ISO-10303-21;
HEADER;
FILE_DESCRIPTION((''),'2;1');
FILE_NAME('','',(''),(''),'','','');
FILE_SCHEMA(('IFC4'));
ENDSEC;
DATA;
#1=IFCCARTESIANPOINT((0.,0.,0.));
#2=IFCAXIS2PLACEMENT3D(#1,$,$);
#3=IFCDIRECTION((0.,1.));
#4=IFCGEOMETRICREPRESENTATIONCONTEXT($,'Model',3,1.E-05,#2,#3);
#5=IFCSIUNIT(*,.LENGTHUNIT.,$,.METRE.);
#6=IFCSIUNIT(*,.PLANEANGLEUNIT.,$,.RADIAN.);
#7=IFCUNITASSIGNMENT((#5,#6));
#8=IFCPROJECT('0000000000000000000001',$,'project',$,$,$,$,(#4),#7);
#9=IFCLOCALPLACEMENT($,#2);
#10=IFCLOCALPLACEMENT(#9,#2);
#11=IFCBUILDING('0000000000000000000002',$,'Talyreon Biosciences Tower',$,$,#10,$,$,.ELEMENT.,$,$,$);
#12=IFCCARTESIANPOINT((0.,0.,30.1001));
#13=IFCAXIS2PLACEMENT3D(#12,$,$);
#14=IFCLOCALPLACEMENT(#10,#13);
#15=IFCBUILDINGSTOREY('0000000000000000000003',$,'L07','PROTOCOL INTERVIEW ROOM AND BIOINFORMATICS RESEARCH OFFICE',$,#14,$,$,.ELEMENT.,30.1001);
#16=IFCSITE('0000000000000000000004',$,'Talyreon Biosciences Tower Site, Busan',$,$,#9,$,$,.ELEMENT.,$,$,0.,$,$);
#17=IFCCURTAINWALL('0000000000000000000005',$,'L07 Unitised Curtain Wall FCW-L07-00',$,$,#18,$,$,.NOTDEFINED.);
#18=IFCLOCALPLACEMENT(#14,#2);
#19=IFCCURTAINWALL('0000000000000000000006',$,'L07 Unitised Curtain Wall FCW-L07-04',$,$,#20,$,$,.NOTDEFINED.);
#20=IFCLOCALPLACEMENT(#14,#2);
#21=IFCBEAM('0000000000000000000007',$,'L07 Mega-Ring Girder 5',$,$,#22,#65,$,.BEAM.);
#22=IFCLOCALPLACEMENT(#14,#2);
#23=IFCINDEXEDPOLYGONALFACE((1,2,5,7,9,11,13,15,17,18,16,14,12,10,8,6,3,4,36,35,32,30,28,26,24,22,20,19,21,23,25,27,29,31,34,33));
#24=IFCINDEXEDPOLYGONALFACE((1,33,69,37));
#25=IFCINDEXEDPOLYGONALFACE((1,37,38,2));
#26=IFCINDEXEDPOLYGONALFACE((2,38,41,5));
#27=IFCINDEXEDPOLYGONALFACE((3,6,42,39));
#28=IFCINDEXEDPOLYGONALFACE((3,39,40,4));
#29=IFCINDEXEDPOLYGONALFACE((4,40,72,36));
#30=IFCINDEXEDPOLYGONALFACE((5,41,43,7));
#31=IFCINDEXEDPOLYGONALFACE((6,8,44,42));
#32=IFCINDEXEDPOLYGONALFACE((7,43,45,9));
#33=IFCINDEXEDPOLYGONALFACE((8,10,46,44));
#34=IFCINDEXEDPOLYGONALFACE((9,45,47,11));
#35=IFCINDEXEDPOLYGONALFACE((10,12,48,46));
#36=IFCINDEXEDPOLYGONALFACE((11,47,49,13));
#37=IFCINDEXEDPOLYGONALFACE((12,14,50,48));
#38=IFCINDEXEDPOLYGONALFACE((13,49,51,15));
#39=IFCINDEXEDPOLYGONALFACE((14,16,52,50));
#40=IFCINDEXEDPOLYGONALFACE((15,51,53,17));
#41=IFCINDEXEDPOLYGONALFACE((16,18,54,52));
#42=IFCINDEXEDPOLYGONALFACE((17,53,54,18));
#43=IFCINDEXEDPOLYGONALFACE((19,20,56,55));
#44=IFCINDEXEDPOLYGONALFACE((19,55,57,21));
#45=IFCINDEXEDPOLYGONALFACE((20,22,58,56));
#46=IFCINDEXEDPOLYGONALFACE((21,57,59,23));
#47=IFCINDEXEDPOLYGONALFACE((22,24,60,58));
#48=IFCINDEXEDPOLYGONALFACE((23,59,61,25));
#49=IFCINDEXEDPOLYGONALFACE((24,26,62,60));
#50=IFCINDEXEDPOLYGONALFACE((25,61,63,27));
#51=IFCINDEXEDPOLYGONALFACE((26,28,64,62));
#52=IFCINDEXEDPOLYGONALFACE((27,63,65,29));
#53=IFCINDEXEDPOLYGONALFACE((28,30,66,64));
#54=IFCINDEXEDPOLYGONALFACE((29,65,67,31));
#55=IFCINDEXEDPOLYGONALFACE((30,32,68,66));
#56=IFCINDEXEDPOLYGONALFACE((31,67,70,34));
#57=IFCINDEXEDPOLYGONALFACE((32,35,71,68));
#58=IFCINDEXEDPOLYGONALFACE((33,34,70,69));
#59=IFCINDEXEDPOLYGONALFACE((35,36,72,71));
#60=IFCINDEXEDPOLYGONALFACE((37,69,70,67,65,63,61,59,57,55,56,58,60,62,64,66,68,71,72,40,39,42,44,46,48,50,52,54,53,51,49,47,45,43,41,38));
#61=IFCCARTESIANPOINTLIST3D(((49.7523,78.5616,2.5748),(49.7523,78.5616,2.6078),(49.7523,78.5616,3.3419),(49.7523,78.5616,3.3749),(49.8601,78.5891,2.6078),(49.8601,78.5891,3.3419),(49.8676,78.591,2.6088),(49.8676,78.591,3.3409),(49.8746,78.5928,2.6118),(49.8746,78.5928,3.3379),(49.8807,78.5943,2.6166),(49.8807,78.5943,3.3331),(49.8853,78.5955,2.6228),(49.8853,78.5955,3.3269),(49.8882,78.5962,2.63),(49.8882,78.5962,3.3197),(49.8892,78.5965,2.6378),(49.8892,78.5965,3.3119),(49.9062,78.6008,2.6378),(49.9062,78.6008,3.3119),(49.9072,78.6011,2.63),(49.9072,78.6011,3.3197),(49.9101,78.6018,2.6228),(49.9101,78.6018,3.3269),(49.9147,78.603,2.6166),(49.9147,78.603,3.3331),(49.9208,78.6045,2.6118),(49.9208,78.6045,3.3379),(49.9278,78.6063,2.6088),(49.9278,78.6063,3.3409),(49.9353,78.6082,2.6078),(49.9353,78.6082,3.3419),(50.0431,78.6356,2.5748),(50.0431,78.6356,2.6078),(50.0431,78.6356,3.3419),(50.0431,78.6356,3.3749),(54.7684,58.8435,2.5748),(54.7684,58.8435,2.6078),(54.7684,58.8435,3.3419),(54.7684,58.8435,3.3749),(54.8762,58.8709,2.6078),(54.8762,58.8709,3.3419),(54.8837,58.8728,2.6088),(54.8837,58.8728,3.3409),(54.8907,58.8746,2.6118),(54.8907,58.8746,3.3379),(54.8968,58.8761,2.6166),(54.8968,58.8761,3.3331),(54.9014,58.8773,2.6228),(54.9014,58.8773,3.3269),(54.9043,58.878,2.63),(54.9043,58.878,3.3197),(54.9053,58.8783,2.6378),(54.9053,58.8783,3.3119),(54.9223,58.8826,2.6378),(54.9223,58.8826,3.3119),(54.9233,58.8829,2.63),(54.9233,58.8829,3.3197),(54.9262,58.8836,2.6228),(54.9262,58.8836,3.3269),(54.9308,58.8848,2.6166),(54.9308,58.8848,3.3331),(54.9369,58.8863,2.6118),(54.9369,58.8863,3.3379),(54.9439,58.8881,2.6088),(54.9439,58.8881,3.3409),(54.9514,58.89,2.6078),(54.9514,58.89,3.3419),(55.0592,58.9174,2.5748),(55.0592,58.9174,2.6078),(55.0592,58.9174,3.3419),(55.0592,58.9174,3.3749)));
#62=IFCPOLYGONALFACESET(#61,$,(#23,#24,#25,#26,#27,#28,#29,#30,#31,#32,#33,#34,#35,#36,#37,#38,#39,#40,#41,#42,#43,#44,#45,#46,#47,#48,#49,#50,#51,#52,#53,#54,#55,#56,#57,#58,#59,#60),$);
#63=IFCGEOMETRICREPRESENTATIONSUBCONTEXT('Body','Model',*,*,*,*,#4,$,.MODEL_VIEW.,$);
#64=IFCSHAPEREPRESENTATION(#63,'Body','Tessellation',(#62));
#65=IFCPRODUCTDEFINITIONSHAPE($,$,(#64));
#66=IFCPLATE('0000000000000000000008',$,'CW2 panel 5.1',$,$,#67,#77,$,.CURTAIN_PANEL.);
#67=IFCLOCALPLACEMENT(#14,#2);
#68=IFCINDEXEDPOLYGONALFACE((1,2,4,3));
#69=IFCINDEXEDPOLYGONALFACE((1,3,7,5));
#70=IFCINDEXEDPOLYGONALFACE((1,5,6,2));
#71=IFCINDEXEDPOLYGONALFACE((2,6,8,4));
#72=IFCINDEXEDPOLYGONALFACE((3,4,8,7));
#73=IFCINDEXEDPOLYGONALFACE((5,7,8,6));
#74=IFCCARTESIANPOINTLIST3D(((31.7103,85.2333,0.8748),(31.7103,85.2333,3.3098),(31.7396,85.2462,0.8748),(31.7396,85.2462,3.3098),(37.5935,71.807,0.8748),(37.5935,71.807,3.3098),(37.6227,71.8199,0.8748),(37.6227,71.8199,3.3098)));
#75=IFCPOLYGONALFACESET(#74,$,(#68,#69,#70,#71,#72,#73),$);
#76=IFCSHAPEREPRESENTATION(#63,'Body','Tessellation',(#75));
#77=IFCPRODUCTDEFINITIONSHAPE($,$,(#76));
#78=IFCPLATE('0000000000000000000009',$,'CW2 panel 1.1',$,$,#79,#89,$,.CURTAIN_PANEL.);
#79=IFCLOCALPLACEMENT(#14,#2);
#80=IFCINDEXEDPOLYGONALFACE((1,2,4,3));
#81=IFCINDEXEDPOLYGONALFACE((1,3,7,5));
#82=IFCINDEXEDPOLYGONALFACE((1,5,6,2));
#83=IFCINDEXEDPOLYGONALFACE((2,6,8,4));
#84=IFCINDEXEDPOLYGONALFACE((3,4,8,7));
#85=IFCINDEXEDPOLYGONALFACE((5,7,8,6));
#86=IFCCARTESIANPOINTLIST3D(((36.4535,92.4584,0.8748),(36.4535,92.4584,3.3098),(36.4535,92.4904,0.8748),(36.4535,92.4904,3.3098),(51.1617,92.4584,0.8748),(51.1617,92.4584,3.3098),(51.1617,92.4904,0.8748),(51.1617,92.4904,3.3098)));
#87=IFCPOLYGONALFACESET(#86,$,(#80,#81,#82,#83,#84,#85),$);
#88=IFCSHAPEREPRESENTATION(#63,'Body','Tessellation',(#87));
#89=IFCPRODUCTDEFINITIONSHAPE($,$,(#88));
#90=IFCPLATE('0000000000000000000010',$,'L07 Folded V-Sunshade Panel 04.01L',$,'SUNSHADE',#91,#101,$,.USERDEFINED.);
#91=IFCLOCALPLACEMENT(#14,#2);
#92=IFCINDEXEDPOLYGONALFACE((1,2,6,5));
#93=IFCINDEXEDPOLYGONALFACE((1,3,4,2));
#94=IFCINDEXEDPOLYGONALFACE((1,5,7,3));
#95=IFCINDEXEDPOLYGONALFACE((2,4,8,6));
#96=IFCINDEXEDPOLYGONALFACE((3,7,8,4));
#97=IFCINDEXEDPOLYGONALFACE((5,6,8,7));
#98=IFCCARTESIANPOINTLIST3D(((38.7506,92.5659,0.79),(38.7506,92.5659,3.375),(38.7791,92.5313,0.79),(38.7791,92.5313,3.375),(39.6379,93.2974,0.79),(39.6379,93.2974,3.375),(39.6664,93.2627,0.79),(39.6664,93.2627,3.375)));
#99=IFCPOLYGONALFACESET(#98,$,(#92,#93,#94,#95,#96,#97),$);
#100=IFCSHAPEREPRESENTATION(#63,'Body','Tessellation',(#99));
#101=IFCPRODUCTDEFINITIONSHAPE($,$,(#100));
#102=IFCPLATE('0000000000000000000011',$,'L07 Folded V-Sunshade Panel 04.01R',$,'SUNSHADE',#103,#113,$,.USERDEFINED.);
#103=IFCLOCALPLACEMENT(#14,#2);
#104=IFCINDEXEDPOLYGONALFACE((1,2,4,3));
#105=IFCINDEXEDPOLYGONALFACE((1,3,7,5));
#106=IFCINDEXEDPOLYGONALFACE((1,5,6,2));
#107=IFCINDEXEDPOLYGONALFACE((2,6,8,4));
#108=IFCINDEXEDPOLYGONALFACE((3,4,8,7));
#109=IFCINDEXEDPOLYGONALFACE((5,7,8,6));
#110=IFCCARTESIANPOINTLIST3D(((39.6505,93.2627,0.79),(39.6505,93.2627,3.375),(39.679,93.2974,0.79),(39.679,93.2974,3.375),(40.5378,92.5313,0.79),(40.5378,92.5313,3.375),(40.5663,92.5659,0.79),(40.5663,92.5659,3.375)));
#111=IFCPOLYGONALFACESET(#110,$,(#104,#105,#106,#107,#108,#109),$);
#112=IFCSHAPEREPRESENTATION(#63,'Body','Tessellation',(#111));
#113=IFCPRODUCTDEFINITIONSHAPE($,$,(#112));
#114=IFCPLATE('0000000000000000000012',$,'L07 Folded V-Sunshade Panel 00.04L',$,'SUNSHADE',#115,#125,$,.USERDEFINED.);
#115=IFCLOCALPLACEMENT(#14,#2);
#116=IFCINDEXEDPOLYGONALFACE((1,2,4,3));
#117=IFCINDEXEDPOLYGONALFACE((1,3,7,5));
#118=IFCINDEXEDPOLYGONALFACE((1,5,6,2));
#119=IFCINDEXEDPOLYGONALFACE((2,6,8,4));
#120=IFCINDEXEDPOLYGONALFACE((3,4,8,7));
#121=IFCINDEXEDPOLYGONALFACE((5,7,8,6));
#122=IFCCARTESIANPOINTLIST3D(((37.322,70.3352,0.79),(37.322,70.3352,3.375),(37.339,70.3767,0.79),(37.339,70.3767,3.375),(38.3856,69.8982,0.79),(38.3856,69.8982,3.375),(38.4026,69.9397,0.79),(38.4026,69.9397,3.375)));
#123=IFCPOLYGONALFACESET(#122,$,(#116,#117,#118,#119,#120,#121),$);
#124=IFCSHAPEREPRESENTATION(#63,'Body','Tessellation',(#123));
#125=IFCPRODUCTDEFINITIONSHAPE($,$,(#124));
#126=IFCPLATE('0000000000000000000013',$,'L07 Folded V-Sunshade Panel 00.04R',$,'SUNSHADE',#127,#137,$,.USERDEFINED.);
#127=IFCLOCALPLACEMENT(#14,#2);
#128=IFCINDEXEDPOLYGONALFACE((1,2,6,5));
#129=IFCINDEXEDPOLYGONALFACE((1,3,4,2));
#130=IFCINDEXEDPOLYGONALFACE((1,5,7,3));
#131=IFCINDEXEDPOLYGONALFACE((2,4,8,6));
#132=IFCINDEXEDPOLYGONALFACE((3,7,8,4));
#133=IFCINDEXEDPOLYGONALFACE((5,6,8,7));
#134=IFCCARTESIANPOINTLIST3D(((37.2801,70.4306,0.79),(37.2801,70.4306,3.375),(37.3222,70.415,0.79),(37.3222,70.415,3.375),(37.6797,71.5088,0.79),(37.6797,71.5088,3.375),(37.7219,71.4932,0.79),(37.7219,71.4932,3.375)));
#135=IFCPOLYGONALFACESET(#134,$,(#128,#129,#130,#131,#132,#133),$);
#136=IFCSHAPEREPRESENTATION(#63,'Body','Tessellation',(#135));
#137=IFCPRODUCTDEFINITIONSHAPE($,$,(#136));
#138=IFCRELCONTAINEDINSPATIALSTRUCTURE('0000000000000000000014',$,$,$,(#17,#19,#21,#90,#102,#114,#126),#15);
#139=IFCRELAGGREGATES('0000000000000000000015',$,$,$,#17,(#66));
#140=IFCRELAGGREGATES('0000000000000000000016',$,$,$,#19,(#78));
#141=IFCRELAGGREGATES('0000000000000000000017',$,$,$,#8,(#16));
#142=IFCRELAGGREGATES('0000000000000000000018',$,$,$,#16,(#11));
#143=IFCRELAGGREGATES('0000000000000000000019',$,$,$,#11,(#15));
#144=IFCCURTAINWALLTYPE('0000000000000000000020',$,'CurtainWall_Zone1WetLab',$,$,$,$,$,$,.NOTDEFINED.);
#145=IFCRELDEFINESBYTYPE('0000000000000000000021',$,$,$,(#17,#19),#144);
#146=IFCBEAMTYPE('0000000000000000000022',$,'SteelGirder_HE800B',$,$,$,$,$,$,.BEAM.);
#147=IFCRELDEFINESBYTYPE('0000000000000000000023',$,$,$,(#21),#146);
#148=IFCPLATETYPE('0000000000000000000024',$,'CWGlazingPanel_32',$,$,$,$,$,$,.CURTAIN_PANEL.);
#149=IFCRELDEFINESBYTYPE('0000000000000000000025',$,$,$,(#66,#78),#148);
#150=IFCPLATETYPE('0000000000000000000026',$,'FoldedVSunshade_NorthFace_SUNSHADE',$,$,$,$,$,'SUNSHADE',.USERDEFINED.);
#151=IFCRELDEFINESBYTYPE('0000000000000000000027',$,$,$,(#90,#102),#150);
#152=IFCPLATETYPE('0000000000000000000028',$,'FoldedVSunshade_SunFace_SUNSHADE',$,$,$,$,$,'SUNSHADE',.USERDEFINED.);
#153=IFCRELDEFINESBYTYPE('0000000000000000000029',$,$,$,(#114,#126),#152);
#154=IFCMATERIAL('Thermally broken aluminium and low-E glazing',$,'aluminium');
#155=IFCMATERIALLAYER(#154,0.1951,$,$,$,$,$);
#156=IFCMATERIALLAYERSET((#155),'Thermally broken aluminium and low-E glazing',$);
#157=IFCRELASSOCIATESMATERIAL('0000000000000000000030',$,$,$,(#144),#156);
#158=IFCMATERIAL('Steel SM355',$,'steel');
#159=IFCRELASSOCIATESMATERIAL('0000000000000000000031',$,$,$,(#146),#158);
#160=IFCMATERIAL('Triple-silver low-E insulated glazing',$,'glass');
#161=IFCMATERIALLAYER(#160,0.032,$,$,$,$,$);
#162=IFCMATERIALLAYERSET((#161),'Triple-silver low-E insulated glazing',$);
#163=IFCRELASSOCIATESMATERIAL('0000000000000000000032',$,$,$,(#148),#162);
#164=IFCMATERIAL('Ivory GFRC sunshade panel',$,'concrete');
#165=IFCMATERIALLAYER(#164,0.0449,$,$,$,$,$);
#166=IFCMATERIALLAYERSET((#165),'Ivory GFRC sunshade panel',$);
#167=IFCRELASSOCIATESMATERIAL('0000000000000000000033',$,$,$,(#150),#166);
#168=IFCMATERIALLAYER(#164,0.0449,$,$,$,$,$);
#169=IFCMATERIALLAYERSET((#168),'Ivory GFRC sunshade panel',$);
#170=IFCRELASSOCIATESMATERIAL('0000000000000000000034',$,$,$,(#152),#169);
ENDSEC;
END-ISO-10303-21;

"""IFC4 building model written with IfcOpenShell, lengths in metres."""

from ifc_helpers import new_model, si_unit, direction, frame, origin, origin_2d, place, context, subcontext, project, spatial, rectangle, i_section, extrude, material, layer, layer_set, material_profile, profile_set, type_object, element, aggregate, save


model = new_model("IFC4")

# Units and contexts
model_context = context("Model", 3, precision=1e-05, world=origin(), true_north=direction((0.0, 1.0)))
body_context = subcontext(model_context, "Body", "Model", "MODEL_VIEW")
ifc_project = project(units=[si_unit("LENGTHUNIT", "METRE"), si_unit("PLANEANGLEUNIT", "RADIAN")], contexts=[model_context])

# Site, building, storey
site_placement = place(None, origin())
site = spatial("IfcSite", under=ifc_project, at=site_placement, Name="Talyreon Biosciences Tower Site, Busan", CompositionType="ELEMENT", RefElevation=0.0)
building_placement = place(site_placement, origin())
building = spatial("IfcBuilding", under=site, at=building_placement, Name="Talyreon Biosciences Tower", CompositionType="ELEMENT")
storey_placement = place(building_placement, frame((0.0, 0.0, 30.1001)))
storey = spatial("IfcBuildingStorey", under=building, at=storey_placement, Name="L07", Description="PROTOCOL INTERVIEW ROOM AND BIOINFORMATICS RESEARCH OFFICE", CompositionType="ELEMENT", Elevation=30.1001)

# Curtain wall
ifc_material_1 = material(Name="Thermally broken aluminium and low-E glazing", Category="aluminium")
ifc_layer_1 = layer(ifc_material_1, 0.1951)
ifc_layer_set_1 = layer_set([ifc_layer_1], Name="Thermally broken aluminium and low-E glazing")
curtain_wall_type = type_object("IfcCurtainWallType", Name="CurtainWall_Zone1WetLab", PredefinedType="NOTDEFINED", material=ifc_layer_set_1)
curtain_wall_1_placement = place(storey_placement, origin())
curtain_wall_1 = element("IfcCurtainWall", 1, at=curtain_wall_1_placement, inside=storey, type_object=curtain_wall_type, Name="L07 Unitised Curtain Wall FCW-L07-00", PredefinedType="NOTDEFINED")

# Curtain wall
curtain_wall_2_placement = place(storey_placement, origin())
curtain_wall_2 = element("IfcCurtainWall", 2, at=curtain_wall_2_placement, inside=storey, type_object=curtain_wall_type, Name="L07 Unitised Curtain Wall FCW-L07-04", PredefinedType="NOTDEFINED")

# Beam
ifc_material_2 = material(Name="Steel SM355", Category="steel")
ifc_material_profile_1 = material_profile(ifc_material_2, i_section(OverallWidth=0.3, OverallDepth=0.8, WebThickness=0.0176, FlangeThickness=0.033, FilletRadius=0.03, at=origin_2d()), Name="HE800B")
ifc_profile_set_1 = profile_set([ifc_material_profile_1], Name="Steel SM355")
beam_type_1 = type_object("IfcBeamType", Name="SteelGirder_HE800B", PredefinedType="BEAM", material=ifc_profile_set_1)
beam_1_placement = place(storey_placement, frame((49.8977, 78.5986, 2.9749), z_axis=(0.246537, -0.969133, 0.0), x_axis=(0.969133, 0.246537, 0.0)))
element("IfcBeam", 3, at=beam_1_placement, inside=storey, type_object=beam_type_1, Name="L07 Mega-Ring Girder 5", PredefinedType="BEAM", context=body_context, shape_type="SweptSolid", body=[
    extrude(i_section(OverallWidth=0.3, OverallDepth=0.8, WebThickness=0.0176, FlangeThickness=0.033, FilletRadius=0.03, at=origin_2d()), origin(), (0.0, 0.0, 1.0), 20.3462),
])

# Plates
ifc_material_3 = material(Name="Triple-silver low-E insulated glazing", Category="glass")
ifc_layer_2 = layer(ifc_material_3, 0.032)
ifc_layer_set_2 = layer_set([ifc_layer_2], Name="Triple-silver low-E insulated glazing")
plate_type_1 = type_object("IfcPlateType", Name="CWGlazingPanel_32", PredefinedType="CURTAIN_PANEL", material=ifc_layer_set_2)
plate_1_placement = place(storey_placement, frame((34.6665, 78.5266, 0.8748), z_axis=(0.0, 0.0, 1.0), x_axis=(-0.401345, 0.915927, 0.0)))
plate_1 = element("IfcPlate", 4, at=plate_1_placement, type_object=plate_type_1, Name="CW2 panel 5.1", PredefinedType="CURTAIN_PANEL", context=body_context, shape_type="SweptSolid", body=[
    extrude(rectangle(XDim=14.6587, YDim=0.032, at=origin_2d()), origin(), (0.0, 0.0, 1.0), 2.4351),
])
aggregate(curtain_wall_1, [plate_1])
plate_2_placement = place(storey_placement, frame((43.8076, 92.4744, 0.8748), z_axis=(0.0, 0.0, 1.0), x_axis=(1.0, 0.0, 0.0)))
plate_2 = element("IfcPlate", 5, at=plate_2_placement, type_object=plate_type_1, Name="CW2 panel 1.1", PredefinedType="CURTAIN_PANEL", context=body_context, shape_type="SweptSolid", body=[
    extrude(rectangle(XDim=14.7083, YDim=0.032, at=origin_2d()), origin(), (0.0, 0.0, 1.0), 2.4351),
])
aggregate(curtain_wall_2, [plate_2])

# Plates
ifc_material_4 = material(Name="Ivory GFRC sunshade panel", Category="concrete")
ifc_layer_3 = layer(ifc_material_4, 0.0449)
ifc_layer_set_3 = layer_set([ifc_layer_3], Name="Ivory GFRC sunshade panel")
plate_type_2 = type_object("IfcPlateType", Name="FoldedVSunshade_NorthFace_SUNSHADE", ElementType="SUNSHADE", PredefinedType="USERDEFINED", material=ifc_layer_set_3)
for number, where, z_axis, x_axis, name in (
    (6, (39.2085, 92.9143, 0.79), (0.0, 0.0, 1.0), (0.771625, 0.636078, 0.0), "L07 Folded V-Sunshade Panel 04.01L"),
    (7, (40.1084, 92.9143, 0.79), (0.0, 0.0, 1.0), (0.771625, -0.636078, 0.0), "L07 Folded V-Sunshade Panel 04.01R"),
):
    element("IfcPlate", number, at=place(storey_placement, frame(where, z_axis=z_axis, x_axis=x_axis)), inside=storey, type_object=plate_type_2, Name=name, ObjectType="SUNSHADE", PredefinedType="USERDEFINED", context=body_context, shape_type="SweptSolid", body=[
        extrude(rectangle(XDim=1.1499, YDim=0.0449, at=origin_2d()), origin(), (0.0, 0.0, 1.0), 2.585),
    ])
ifc_layer_4 = layer(ifc_material_4, 0.0449)
ifc_layer_set_4 = layer_set([ifc_layer_4], Name="Ivory GFRC sunshade panel")
plate_type_3 = type_object("IfcPlateType", Name="FoldedVSunshade_SunFace_SUNSHADE", ElementType="SUNSHADE", PredefinedType="USERDEFINED", material=ifc_layer_set_4)
for number, where, z_axis, x_axis, name in (
    (8, (37.8623, 70.1375, 0.79), (0.0, 0.0, 1.0), (-0.924958, 0.38007, 0.0), "L07 Folded V-Sunshade Panel 00.04L"),
    (9, (37.501, 70.9619, 0.79), (0.0, 0.0, 1.0), (0.347558, 0.937659, 0.0), "L07 Folded V-Sunshade Panel 00.04R"),
):
    element("IfcPlate", number, at=place(storey_placement, frame(where, z_axis=z_axis, x_axis=x_axis)), inside=storey, type_object=plate_type_3, Name=name, ObjectType="SUNSHADE", PredefinedType="USERDEFINED", context=body_context, shape_type="SweptSolid", body=[
        extrude(rectangle(XDim=1.1499, YDim=0.0449, at=origin_2d()), origin(), (0.0, 0.0, 1.0), 2.585),
    ])

save(model, "model.ifc")
